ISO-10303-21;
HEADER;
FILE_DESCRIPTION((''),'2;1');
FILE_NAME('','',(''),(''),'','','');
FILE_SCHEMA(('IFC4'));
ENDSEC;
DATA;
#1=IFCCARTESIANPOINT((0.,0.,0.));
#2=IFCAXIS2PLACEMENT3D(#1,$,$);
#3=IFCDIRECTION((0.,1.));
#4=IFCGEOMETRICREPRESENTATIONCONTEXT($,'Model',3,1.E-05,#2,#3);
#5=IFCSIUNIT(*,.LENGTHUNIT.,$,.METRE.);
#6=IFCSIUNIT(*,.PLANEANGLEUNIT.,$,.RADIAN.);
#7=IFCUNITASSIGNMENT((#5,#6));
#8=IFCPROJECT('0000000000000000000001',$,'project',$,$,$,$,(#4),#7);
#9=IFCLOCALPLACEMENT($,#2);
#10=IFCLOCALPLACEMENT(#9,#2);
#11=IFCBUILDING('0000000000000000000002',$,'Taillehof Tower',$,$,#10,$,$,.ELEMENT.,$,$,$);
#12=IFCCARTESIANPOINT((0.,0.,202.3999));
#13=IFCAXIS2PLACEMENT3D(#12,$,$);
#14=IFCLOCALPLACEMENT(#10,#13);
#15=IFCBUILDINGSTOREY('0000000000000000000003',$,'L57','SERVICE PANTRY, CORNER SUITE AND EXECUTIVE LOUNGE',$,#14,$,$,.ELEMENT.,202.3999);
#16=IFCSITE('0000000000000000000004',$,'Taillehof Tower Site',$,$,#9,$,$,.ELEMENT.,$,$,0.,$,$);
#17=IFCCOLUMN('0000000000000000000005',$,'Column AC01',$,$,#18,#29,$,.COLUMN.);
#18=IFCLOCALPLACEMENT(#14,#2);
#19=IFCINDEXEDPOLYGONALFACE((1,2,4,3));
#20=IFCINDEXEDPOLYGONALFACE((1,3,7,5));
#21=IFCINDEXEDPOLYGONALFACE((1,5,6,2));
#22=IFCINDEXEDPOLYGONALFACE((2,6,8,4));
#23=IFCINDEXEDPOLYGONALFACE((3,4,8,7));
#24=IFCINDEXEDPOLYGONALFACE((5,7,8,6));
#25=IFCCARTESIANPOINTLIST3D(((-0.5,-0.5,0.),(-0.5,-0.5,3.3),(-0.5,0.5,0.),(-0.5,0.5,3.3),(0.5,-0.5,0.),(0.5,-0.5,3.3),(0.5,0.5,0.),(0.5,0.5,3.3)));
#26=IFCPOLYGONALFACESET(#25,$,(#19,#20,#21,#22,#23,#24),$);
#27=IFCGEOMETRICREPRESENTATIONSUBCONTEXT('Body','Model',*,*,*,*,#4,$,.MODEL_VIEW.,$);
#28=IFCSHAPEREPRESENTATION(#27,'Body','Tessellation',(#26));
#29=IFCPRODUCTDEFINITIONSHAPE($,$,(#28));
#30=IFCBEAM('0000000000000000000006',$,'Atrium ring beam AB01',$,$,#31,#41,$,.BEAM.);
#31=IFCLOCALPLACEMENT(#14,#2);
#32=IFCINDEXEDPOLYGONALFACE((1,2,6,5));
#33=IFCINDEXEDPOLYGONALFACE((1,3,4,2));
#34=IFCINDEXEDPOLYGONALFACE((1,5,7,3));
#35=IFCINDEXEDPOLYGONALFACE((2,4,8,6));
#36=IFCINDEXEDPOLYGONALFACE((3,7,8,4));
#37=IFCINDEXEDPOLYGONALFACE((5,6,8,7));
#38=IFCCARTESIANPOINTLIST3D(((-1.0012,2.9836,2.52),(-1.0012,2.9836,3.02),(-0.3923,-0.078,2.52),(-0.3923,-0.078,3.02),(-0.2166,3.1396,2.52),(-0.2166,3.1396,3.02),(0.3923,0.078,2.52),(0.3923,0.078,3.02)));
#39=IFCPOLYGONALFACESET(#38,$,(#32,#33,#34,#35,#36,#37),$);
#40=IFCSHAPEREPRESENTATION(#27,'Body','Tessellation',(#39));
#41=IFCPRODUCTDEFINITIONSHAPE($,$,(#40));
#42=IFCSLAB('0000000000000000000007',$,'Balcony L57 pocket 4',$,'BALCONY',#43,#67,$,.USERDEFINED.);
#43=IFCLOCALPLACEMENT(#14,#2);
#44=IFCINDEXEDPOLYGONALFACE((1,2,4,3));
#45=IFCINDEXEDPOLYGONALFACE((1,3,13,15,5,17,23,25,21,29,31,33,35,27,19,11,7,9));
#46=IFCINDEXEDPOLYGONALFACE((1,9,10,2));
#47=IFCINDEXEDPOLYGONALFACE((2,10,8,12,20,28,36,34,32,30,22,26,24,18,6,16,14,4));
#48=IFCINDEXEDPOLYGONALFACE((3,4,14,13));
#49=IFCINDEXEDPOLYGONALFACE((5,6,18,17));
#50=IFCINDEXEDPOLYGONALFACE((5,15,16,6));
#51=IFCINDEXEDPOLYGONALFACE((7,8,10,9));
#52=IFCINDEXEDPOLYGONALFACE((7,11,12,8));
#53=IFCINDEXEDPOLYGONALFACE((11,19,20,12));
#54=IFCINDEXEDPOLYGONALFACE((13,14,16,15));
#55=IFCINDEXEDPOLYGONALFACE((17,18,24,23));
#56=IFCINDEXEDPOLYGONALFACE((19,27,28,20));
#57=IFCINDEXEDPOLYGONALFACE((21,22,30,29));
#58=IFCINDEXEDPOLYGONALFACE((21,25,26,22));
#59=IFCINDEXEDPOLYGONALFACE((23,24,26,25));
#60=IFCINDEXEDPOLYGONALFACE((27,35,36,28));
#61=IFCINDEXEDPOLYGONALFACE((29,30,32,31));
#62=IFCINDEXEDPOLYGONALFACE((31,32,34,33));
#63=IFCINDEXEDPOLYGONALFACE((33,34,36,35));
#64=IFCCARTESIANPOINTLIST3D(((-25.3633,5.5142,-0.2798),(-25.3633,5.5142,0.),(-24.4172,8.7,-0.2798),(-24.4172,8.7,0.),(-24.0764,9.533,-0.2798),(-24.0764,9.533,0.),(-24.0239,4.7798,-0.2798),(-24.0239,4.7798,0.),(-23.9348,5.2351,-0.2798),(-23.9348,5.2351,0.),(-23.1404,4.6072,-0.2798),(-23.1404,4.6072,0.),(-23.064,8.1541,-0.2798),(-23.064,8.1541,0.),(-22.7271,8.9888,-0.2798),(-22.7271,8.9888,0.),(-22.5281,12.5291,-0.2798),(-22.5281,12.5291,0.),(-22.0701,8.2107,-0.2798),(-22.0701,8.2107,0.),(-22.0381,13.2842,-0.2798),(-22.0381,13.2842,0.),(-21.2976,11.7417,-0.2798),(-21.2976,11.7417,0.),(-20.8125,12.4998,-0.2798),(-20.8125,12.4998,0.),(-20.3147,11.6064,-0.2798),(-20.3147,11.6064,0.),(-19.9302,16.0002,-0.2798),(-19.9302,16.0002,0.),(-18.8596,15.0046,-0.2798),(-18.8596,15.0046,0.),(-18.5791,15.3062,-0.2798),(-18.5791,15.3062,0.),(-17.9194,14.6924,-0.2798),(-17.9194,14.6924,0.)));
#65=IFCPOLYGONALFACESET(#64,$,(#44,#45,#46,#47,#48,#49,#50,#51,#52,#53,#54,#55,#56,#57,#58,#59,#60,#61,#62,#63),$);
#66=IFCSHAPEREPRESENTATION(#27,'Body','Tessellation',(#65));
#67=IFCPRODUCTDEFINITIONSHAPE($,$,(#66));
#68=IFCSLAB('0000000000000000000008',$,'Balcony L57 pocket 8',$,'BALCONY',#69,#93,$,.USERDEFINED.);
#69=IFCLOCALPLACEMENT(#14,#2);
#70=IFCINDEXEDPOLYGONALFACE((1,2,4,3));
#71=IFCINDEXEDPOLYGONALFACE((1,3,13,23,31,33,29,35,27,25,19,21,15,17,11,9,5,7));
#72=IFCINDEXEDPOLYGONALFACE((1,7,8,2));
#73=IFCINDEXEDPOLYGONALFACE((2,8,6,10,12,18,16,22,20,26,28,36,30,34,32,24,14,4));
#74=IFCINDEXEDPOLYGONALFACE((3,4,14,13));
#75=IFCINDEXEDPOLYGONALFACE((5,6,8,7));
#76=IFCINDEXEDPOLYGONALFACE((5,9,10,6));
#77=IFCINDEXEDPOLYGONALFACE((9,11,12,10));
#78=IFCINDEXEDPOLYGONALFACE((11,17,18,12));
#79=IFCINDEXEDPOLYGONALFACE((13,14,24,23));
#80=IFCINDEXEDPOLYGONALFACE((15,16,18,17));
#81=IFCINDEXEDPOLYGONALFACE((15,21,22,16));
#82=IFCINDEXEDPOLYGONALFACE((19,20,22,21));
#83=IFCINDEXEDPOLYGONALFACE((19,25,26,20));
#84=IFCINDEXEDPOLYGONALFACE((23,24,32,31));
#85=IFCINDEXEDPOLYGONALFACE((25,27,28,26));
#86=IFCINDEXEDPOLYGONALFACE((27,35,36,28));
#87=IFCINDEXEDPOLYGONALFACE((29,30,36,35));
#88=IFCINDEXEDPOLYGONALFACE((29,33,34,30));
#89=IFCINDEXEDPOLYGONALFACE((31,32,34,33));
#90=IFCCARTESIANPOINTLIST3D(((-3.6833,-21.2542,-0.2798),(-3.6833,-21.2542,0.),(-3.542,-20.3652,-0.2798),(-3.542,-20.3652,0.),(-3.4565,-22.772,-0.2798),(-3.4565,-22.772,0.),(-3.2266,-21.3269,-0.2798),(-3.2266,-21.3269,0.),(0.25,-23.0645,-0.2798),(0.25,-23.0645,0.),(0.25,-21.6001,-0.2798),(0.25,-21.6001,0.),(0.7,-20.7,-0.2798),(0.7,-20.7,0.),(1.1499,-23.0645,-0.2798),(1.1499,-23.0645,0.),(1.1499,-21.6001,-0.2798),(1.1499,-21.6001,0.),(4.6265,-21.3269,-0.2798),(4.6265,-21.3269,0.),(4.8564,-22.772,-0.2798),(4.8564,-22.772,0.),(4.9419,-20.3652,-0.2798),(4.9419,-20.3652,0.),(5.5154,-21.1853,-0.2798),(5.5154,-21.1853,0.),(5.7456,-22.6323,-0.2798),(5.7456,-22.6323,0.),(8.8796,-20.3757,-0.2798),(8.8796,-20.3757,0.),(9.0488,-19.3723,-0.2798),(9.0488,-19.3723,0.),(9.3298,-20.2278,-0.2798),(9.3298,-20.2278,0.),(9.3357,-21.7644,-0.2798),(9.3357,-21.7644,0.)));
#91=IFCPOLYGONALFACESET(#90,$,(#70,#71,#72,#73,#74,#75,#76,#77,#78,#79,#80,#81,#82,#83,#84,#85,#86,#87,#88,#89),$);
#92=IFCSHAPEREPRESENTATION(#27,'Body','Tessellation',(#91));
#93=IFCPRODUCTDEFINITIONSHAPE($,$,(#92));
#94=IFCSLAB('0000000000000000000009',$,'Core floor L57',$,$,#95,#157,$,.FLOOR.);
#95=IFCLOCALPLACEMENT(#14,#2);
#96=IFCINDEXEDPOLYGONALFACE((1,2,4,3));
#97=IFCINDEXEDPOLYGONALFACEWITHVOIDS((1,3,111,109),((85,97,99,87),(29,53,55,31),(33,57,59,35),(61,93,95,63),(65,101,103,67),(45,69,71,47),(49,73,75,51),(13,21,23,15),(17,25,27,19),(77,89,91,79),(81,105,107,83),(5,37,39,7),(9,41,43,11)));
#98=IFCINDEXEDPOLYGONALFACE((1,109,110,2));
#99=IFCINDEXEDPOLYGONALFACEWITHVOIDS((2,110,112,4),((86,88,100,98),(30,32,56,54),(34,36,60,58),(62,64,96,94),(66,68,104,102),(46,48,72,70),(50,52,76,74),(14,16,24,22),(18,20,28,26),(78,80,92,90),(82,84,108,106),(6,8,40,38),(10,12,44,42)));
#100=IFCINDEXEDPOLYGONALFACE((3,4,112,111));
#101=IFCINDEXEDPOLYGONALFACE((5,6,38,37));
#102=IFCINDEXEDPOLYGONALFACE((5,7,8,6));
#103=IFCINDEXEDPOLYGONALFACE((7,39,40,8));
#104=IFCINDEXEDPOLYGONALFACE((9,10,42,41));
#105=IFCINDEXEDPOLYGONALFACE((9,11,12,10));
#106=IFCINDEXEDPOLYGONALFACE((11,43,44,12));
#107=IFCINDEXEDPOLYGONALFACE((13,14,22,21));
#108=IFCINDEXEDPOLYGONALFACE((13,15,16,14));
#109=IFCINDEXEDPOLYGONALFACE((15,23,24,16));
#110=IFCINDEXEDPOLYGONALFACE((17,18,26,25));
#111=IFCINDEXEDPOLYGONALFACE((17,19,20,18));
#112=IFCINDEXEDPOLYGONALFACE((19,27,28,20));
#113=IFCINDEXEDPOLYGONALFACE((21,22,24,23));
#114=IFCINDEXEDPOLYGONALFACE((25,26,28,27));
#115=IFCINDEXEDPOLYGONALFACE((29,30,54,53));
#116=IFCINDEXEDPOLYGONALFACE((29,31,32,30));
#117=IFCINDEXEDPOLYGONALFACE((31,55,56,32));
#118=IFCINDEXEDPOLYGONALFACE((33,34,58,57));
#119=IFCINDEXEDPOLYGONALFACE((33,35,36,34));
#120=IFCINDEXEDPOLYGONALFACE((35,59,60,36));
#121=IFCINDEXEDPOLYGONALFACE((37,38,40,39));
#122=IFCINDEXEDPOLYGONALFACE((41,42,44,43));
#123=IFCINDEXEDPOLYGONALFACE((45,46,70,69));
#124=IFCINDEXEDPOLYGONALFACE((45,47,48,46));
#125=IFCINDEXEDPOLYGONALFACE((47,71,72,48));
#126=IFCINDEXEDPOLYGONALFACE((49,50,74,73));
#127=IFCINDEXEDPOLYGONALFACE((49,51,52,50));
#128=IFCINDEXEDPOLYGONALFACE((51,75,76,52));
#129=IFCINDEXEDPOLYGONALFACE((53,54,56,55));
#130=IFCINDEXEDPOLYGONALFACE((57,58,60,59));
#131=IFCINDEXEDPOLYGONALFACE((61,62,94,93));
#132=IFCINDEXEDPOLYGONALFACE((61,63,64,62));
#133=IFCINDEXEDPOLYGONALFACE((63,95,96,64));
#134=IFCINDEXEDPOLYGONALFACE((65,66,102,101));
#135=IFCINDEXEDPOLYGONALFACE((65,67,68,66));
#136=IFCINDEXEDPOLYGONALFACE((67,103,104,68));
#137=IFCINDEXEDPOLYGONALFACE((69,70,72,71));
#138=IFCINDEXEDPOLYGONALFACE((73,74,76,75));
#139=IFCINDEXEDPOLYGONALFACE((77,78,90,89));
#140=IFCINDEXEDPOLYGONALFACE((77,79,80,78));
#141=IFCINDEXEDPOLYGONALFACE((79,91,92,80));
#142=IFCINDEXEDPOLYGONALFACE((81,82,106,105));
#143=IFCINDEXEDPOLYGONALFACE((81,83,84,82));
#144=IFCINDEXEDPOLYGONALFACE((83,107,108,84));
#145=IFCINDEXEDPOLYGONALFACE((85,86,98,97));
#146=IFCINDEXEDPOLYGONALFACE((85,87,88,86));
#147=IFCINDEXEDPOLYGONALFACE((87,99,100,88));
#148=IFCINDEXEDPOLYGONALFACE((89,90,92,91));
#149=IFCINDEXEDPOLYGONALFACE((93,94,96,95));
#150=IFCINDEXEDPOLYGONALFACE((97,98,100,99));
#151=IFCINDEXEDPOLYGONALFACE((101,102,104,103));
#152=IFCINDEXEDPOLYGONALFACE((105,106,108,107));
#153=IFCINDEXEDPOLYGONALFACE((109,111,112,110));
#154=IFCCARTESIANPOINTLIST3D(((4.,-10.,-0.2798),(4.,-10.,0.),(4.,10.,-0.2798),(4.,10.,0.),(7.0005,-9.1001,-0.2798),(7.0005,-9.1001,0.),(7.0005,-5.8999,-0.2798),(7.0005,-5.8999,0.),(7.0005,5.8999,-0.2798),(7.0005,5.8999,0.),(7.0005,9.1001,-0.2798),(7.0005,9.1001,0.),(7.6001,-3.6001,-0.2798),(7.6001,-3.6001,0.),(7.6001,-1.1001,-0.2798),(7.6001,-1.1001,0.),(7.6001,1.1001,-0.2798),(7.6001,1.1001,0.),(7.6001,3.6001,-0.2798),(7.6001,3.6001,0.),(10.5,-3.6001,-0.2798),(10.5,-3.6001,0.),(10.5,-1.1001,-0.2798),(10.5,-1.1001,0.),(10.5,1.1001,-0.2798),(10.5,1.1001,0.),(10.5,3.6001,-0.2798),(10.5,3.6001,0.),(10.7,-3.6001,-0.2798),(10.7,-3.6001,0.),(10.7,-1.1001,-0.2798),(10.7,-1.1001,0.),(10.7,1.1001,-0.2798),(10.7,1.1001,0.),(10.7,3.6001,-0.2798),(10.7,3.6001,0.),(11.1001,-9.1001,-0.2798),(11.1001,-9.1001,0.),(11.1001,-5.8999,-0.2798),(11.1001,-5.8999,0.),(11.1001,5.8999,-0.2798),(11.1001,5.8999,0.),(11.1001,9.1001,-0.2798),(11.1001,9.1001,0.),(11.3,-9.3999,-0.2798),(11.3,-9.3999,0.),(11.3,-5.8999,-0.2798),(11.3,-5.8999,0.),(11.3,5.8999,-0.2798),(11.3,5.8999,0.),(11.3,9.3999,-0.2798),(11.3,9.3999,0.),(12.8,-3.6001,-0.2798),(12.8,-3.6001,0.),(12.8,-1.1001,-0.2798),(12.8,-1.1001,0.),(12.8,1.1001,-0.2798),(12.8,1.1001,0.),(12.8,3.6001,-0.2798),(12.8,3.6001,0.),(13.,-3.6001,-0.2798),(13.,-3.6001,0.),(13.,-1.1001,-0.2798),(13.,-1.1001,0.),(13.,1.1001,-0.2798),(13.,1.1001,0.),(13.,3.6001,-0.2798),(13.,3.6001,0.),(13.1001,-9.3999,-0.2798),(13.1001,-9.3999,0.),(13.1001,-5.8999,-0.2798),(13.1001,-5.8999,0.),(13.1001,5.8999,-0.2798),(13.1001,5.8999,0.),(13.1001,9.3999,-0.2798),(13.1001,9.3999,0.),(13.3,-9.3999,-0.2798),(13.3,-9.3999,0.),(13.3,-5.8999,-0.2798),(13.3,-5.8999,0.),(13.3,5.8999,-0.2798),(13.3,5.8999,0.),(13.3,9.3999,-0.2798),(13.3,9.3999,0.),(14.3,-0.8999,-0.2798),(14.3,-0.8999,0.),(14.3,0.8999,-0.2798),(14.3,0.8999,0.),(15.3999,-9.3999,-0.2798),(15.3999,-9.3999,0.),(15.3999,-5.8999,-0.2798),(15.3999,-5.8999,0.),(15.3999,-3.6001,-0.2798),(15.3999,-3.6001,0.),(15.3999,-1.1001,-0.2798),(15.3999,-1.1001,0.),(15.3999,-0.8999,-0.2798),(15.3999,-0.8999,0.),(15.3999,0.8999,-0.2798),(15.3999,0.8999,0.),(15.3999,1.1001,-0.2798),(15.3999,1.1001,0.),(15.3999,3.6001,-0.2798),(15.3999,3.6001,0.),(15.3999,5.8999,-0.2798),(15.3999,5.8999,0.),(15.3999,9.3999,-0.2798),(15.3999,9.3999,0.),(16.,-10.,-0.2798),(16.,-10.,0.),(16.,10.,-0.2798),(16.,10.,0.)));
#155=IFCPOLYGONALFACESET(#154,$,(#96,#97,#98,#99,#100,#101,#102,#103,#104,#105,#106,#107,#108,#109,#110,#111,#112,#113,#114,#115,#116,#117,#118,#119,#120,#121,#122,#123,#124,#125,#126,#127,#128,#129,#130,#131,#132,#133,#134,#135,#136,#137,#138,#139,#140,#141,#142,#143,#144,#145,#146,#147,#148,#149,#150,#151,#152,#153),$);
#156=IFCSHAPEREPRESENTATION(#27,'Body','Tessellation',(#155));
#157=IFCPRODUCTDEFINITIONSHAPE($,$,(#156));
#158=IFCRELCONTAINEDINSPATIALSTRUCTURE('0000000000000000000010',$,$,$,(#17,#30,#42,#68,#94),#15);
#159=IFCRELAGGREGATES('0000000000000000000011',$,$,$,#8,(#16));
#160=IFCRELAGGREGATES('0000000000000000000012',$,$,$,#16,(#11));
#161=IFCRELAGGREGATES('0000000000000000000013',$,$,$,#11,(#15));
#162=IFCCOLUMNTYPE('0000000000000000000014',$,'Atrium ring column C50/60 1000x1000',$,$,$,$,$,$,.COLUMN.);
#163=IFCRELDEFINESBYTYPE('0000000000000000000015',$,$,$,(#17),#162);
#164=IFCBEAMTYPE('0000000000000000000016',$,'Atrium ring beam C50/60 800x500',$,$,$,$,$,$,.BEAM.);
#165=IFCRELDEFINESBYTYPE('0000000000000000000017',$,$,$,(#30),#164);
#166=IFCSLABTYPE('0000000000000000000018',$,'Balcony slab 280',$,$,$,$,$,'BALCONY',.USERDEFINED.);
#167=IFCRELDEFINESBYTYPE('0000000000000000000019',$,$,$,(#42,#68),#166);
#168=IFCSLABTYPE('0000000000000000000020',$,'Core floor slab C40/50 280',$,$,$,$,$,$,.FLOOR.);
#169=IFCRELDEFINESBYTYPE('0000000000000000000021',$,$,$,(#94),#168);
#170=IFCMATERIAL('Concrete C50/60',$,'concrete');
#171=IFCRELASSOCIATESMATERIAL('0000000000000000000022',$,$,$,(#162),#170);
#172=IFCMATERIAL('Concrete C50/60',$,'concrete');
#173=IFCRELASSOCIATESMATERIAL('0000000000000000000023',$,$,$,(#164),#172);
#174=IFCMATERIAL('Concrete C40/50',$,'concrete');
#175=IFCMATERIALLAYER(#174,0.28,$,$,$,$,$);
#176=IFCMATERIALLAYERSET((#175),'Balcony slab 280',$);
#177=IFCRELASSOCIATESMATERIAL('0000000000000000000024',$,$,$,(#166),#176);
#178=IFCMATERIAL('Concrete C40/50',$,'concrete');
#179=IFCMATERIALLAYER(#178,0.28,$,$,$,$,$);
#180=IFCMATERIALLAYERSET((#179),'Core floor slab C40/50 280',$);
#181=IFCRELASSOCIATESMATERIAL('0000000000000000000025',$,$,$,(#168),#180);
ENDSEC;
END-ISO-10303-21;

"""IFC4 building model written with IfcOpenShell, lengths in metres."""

from ifc_helpers import new_model, si_unit, direction, frame, origin, origin_with_axes, origin_2d, place, context, subcontext, project, spatial, polyline, rectangle, outline, extrude, material, layer, layer_set, material_profile, profile_set, type_object, element, save


model = new_model("IFC4")

# Units and contexts
model_context = context("Model", 3, precision=1e-05, world=origin(), true_north=direction((0.0, 1.0)))
body_context = subcontext(model_context, "Body", "Model", "MODEL_VIEW")
ifc_project = project(units=[si_unit("LENGTHUNIT", "METRE"), si_unit("PLANEANGLEUNIT", "RADIAN")], contexts=[model_context])

# Site, building, storey
site_placement = place(None, origin())
site = spatial("IfcSite", under=ifc_project, at=site_placement, Name="Taillehof Tower Site", CompositionType="ELEMENT", RefElevation=0.0)
building_placement = place(site_placement, origin())
building = spatial("IfcBuilding", under=site, at=building_placement, Name="Taillehof Tower", CompositionType="ELEMENT")
storey_placement = place(building_placement, frame((0.0, 0.0, 202.3999)))
storey = spatial("IfcBuildingStorey", under=building, at=storey_placement, Name="L57", Description="SERVICE PANTRY, CORNER SUITE AND EXECUTIVE LOUNGE", CompositionType="ELEMENT", Elevation=202.3999)

# Column
ifc_material_1 = material(Name="Concrete C50/60", Category="concrete")
ifc_material_profile_1 = material_profile(ifc_material_1, rectangle(XDim=1.0, YDim=1.0, at=origin_2d()), Name="RC 1000x1000")
ifc_profile_set_1 = profile_set([ifc_material_profile_1], Name="Concrete C50/60")
column_type = type_object("IfcColumnType", Name="Atrium ring column C50/60 1000x1000", PredefinedType="COLUMN", material=ifc_profile_set_1)
column_placement = place(storey_placement, origin_with_axes())
element("IfcColumn", 1, at=column_placement, inside=storey, type_object=column_type, Name="Column AC01", PredefinedType="COLUMN", context=body_context, shape_type="SweptSolid", body=[
    extrude(rectangle(XDim=1.0, YDim=1.0, at=origin_2d()), origin(), (0.0, 0.0, 1.0), 3.3),
])

# Beam
ifc_material_2 = material(Name="Concrete C50/60", Category="concrete")
ifc_material_profile_2 = material_profile(ifc_material_2, rectangle(XDim=0.8, YDim=0.5, at=origin_2d()), Name="RC 800x500")
ifc_profile_set_2 = profile_set([ifc_material_profile_2], Name="Concrete C50/60")
beam_type = type_object("IfcBeamType", Name="Atrium ring beam C50/60 800x500", PredefinedType="BEAM", material=ifc_profile_set_2)
beam_placement = place(storey_placement, frame((0.0, 0.0, 2.77), z_axis=(-0.195063, 0.980791, 0.0), x_axis=(-0.980791, -0.195063, 0.0)))
element("IfcBeam", 2, at=beam_placement, inside=storey, type_object=beam_type, Name="Atrium ring beam AB01", PredefinedType="BEAM", context=body_context, shape_type="SweptSolid", body=[
    extrude(rectangle(XDim=0.8, YDim=0.5, at=origin_2d()), origin(), (0.0, 0.0, 1.0), 3.1216),
])

# Slabs
ifc_material_3 = material(Name="Concrete C40/50", Category="concrete")
ifc_layer_1 = layer(ifc_material_3, 0.28)
ifc_layer_set_1 = layer_set([ifc_layer_1], Name="Balcony slab 280")
slab_type_1 = type_object("IfcSlabType", Name="Balcony slab 280", ElementType="BALCONY", PredefinedType="USERDEFINED", material=ifc_layer_set_1)
slab_1_placement = place(storey_placement, frame((0.0, 0.0, -0.2798)))
element("IfcSlab", 3, at=slab_1_placement, inside=storey, type_object=slab_type_1, Name="Balcony L57 pocket 4", ObjectType="BALCONY", PredefinedType="USERDEFINED", context=body_context, shape_type="SweptSolid", body=[
    extrude(outline(polyline([(-23.1404, 4.6072), (-24.0239, 4.7798), (-23.9348, 5.2351), (-25.3633, 5.5142), (-24.4172, 8.7), (-23.064, 8.1541), (-22.7271, 8.9888), (-24.0764, 9.533), (-22.5281, 12.5291), (-21.2976, 11.7417), (-20.8125, 12.4998), (-22.0381, 13.2842), (-19.9302, 16.0002), (-18.8596, 15.0046), (-18.5791, 15.3062), (-17.9194, 14.6924), (-20.3147, 11.6064), (-22.0701, 8.2107), (-23.1404, 4.6072)])), origin(), (0.0, 0.0, 1.0), 0.2798),
])
slab_2_placement = place(storey_placement, frame((0.0, 0.0, -0.2798)))
element("IfcSlab", 4, at=slab_2_placement, inside=storey, type_object=slab_type_1, Name="Balcony L57 pocket 8", ObjectType="BALCONY", PredefinedType="USERDEFINED", context=body_context, shape_type="SweptSolid", body=[
    extrude(outline(polyline([(9.0488, -19.3723), (9.3298, -20.2278), (8.8796, -20.3757), (9.3357, -21.7644), (5.7456, -22.6323), (5.5154, -21.1853), (4.6265, -21.3269), (4.8564, -22.772), (1.1499, -23.0645), (1.1499, -21.6001), (0.25, -21.6001), (0.25, -23.0645), (-3.4565, -22.772), (-3.2266, -21.3269), (-3.6833, -21.2542), (-3.542, -20.3652), (0.7, -20.7), (4.9419, -20.3652), (9.0488, -19.3723)])), origin(), (0.0, 0.0, 1.0), 0.2798),
])
ifc_material_4 = material(Name="Concrete C40/50", Category="concrete")
ifc_layer_2 = layer(ifc_material_4, 0.28)
ifc_layer_set_2 = layer_set([ifc_layer_2], Name="Core floor slab C40/50 280")
slab_type_2 = type_object("IfcSlabType", Name="Core floor slab C40/50 280", PredefinedType="FLOOR", material=ifc_layer_set_2)
slab_3_placement = place(storey_placement, frame((0.0, 0.0, -0.2798)))
element("IfcSlab", 5, at=slab_3_placement, inside=storey, type_object=slab_type_2, Name="Core floor L57", PredefinedType="FLOOR", context=body_context, shape_type="SweptSolid", body=[
    extrude(outline(polyline([(4.0, -10.0), (4.0, 10.0), (16.0, 10.0), (16.0, -10.0), (4.0, -10.0)]), holes=[polyline([(11.1001, -9.1001), (11.1001, -5.8999), (7.0005, -5.8999), (7.0005, -9.1001), (11.1001, -9.1001)]), polyline([(10.5, -3.6001), (10.5, -1.1001), (7.6001, -1.1001), (7.6001, -3.6001), (10.5, -3.6001)]), polyline([(12.8, -3.6001), (12.8, -1.1001), (10.7, -1.1001), (10.7, -3.6001), (12.8, -3.6001)]), polyline([(10.5, 3.6001), (7.6001, 3.6001), (7.6001, 1.1001), (10.5, 1.1001), (10.5, 3.6001)]), polyline([(12.8, 1.1001), (12.8, 3.6001), (10.7, 3.6001), (10.7, 1.1001), (12.8, 1.1001)]), polyline([(11.1001, 5.8999), (11.1001, 9.1001), (7.0005, 9.1001), (7.0005, 5.8999), (11.1001, 5.8999)]), polyline([(13.1001, 9.3999), (11.3, 9.3999), (11.3, 5.8999), (13.1001, 5.8999), (13.1001, 9.3999)]), polyline([(13.1001, -9.3999), (13.1001, -5.8999), (11.3, -5.8999), (11.3, -9.3999), (13.1001, -9.3999)]), polyline([(15.3999, -9.3999), (15.3999, -5.8999), (13.3, -5.8999), (13.3, -9.3999), (15.3999, -9.3999)]), polyline([(15.3999, -3.6001), (15.3999, -1.1001), (13.0, -1.1001), (13.0, -3.6001), (15.3999, -3.6001)]), polyline([(15.3999, -0.8999), (15.3999, 0.8999), (14.3, 0.8999), (14.3, -0.8999), (15.3999, -0.8999)]), polyline([(15.3999, 1.1001), (15.3999, 3.6001), (13.0, 3.6001), (13.0, 1.1001), (15.3999, 1.1001)]), polyline([(15.3999, 5.8999), (15.3999, 9.3999), (13.3, 9.3999), (13.3, 5.8999), (15.3999, 5.8999)])]), origin(), (0.0, 0.0, 1.0), 0.2798),
])

save(model, "model.ifc")
